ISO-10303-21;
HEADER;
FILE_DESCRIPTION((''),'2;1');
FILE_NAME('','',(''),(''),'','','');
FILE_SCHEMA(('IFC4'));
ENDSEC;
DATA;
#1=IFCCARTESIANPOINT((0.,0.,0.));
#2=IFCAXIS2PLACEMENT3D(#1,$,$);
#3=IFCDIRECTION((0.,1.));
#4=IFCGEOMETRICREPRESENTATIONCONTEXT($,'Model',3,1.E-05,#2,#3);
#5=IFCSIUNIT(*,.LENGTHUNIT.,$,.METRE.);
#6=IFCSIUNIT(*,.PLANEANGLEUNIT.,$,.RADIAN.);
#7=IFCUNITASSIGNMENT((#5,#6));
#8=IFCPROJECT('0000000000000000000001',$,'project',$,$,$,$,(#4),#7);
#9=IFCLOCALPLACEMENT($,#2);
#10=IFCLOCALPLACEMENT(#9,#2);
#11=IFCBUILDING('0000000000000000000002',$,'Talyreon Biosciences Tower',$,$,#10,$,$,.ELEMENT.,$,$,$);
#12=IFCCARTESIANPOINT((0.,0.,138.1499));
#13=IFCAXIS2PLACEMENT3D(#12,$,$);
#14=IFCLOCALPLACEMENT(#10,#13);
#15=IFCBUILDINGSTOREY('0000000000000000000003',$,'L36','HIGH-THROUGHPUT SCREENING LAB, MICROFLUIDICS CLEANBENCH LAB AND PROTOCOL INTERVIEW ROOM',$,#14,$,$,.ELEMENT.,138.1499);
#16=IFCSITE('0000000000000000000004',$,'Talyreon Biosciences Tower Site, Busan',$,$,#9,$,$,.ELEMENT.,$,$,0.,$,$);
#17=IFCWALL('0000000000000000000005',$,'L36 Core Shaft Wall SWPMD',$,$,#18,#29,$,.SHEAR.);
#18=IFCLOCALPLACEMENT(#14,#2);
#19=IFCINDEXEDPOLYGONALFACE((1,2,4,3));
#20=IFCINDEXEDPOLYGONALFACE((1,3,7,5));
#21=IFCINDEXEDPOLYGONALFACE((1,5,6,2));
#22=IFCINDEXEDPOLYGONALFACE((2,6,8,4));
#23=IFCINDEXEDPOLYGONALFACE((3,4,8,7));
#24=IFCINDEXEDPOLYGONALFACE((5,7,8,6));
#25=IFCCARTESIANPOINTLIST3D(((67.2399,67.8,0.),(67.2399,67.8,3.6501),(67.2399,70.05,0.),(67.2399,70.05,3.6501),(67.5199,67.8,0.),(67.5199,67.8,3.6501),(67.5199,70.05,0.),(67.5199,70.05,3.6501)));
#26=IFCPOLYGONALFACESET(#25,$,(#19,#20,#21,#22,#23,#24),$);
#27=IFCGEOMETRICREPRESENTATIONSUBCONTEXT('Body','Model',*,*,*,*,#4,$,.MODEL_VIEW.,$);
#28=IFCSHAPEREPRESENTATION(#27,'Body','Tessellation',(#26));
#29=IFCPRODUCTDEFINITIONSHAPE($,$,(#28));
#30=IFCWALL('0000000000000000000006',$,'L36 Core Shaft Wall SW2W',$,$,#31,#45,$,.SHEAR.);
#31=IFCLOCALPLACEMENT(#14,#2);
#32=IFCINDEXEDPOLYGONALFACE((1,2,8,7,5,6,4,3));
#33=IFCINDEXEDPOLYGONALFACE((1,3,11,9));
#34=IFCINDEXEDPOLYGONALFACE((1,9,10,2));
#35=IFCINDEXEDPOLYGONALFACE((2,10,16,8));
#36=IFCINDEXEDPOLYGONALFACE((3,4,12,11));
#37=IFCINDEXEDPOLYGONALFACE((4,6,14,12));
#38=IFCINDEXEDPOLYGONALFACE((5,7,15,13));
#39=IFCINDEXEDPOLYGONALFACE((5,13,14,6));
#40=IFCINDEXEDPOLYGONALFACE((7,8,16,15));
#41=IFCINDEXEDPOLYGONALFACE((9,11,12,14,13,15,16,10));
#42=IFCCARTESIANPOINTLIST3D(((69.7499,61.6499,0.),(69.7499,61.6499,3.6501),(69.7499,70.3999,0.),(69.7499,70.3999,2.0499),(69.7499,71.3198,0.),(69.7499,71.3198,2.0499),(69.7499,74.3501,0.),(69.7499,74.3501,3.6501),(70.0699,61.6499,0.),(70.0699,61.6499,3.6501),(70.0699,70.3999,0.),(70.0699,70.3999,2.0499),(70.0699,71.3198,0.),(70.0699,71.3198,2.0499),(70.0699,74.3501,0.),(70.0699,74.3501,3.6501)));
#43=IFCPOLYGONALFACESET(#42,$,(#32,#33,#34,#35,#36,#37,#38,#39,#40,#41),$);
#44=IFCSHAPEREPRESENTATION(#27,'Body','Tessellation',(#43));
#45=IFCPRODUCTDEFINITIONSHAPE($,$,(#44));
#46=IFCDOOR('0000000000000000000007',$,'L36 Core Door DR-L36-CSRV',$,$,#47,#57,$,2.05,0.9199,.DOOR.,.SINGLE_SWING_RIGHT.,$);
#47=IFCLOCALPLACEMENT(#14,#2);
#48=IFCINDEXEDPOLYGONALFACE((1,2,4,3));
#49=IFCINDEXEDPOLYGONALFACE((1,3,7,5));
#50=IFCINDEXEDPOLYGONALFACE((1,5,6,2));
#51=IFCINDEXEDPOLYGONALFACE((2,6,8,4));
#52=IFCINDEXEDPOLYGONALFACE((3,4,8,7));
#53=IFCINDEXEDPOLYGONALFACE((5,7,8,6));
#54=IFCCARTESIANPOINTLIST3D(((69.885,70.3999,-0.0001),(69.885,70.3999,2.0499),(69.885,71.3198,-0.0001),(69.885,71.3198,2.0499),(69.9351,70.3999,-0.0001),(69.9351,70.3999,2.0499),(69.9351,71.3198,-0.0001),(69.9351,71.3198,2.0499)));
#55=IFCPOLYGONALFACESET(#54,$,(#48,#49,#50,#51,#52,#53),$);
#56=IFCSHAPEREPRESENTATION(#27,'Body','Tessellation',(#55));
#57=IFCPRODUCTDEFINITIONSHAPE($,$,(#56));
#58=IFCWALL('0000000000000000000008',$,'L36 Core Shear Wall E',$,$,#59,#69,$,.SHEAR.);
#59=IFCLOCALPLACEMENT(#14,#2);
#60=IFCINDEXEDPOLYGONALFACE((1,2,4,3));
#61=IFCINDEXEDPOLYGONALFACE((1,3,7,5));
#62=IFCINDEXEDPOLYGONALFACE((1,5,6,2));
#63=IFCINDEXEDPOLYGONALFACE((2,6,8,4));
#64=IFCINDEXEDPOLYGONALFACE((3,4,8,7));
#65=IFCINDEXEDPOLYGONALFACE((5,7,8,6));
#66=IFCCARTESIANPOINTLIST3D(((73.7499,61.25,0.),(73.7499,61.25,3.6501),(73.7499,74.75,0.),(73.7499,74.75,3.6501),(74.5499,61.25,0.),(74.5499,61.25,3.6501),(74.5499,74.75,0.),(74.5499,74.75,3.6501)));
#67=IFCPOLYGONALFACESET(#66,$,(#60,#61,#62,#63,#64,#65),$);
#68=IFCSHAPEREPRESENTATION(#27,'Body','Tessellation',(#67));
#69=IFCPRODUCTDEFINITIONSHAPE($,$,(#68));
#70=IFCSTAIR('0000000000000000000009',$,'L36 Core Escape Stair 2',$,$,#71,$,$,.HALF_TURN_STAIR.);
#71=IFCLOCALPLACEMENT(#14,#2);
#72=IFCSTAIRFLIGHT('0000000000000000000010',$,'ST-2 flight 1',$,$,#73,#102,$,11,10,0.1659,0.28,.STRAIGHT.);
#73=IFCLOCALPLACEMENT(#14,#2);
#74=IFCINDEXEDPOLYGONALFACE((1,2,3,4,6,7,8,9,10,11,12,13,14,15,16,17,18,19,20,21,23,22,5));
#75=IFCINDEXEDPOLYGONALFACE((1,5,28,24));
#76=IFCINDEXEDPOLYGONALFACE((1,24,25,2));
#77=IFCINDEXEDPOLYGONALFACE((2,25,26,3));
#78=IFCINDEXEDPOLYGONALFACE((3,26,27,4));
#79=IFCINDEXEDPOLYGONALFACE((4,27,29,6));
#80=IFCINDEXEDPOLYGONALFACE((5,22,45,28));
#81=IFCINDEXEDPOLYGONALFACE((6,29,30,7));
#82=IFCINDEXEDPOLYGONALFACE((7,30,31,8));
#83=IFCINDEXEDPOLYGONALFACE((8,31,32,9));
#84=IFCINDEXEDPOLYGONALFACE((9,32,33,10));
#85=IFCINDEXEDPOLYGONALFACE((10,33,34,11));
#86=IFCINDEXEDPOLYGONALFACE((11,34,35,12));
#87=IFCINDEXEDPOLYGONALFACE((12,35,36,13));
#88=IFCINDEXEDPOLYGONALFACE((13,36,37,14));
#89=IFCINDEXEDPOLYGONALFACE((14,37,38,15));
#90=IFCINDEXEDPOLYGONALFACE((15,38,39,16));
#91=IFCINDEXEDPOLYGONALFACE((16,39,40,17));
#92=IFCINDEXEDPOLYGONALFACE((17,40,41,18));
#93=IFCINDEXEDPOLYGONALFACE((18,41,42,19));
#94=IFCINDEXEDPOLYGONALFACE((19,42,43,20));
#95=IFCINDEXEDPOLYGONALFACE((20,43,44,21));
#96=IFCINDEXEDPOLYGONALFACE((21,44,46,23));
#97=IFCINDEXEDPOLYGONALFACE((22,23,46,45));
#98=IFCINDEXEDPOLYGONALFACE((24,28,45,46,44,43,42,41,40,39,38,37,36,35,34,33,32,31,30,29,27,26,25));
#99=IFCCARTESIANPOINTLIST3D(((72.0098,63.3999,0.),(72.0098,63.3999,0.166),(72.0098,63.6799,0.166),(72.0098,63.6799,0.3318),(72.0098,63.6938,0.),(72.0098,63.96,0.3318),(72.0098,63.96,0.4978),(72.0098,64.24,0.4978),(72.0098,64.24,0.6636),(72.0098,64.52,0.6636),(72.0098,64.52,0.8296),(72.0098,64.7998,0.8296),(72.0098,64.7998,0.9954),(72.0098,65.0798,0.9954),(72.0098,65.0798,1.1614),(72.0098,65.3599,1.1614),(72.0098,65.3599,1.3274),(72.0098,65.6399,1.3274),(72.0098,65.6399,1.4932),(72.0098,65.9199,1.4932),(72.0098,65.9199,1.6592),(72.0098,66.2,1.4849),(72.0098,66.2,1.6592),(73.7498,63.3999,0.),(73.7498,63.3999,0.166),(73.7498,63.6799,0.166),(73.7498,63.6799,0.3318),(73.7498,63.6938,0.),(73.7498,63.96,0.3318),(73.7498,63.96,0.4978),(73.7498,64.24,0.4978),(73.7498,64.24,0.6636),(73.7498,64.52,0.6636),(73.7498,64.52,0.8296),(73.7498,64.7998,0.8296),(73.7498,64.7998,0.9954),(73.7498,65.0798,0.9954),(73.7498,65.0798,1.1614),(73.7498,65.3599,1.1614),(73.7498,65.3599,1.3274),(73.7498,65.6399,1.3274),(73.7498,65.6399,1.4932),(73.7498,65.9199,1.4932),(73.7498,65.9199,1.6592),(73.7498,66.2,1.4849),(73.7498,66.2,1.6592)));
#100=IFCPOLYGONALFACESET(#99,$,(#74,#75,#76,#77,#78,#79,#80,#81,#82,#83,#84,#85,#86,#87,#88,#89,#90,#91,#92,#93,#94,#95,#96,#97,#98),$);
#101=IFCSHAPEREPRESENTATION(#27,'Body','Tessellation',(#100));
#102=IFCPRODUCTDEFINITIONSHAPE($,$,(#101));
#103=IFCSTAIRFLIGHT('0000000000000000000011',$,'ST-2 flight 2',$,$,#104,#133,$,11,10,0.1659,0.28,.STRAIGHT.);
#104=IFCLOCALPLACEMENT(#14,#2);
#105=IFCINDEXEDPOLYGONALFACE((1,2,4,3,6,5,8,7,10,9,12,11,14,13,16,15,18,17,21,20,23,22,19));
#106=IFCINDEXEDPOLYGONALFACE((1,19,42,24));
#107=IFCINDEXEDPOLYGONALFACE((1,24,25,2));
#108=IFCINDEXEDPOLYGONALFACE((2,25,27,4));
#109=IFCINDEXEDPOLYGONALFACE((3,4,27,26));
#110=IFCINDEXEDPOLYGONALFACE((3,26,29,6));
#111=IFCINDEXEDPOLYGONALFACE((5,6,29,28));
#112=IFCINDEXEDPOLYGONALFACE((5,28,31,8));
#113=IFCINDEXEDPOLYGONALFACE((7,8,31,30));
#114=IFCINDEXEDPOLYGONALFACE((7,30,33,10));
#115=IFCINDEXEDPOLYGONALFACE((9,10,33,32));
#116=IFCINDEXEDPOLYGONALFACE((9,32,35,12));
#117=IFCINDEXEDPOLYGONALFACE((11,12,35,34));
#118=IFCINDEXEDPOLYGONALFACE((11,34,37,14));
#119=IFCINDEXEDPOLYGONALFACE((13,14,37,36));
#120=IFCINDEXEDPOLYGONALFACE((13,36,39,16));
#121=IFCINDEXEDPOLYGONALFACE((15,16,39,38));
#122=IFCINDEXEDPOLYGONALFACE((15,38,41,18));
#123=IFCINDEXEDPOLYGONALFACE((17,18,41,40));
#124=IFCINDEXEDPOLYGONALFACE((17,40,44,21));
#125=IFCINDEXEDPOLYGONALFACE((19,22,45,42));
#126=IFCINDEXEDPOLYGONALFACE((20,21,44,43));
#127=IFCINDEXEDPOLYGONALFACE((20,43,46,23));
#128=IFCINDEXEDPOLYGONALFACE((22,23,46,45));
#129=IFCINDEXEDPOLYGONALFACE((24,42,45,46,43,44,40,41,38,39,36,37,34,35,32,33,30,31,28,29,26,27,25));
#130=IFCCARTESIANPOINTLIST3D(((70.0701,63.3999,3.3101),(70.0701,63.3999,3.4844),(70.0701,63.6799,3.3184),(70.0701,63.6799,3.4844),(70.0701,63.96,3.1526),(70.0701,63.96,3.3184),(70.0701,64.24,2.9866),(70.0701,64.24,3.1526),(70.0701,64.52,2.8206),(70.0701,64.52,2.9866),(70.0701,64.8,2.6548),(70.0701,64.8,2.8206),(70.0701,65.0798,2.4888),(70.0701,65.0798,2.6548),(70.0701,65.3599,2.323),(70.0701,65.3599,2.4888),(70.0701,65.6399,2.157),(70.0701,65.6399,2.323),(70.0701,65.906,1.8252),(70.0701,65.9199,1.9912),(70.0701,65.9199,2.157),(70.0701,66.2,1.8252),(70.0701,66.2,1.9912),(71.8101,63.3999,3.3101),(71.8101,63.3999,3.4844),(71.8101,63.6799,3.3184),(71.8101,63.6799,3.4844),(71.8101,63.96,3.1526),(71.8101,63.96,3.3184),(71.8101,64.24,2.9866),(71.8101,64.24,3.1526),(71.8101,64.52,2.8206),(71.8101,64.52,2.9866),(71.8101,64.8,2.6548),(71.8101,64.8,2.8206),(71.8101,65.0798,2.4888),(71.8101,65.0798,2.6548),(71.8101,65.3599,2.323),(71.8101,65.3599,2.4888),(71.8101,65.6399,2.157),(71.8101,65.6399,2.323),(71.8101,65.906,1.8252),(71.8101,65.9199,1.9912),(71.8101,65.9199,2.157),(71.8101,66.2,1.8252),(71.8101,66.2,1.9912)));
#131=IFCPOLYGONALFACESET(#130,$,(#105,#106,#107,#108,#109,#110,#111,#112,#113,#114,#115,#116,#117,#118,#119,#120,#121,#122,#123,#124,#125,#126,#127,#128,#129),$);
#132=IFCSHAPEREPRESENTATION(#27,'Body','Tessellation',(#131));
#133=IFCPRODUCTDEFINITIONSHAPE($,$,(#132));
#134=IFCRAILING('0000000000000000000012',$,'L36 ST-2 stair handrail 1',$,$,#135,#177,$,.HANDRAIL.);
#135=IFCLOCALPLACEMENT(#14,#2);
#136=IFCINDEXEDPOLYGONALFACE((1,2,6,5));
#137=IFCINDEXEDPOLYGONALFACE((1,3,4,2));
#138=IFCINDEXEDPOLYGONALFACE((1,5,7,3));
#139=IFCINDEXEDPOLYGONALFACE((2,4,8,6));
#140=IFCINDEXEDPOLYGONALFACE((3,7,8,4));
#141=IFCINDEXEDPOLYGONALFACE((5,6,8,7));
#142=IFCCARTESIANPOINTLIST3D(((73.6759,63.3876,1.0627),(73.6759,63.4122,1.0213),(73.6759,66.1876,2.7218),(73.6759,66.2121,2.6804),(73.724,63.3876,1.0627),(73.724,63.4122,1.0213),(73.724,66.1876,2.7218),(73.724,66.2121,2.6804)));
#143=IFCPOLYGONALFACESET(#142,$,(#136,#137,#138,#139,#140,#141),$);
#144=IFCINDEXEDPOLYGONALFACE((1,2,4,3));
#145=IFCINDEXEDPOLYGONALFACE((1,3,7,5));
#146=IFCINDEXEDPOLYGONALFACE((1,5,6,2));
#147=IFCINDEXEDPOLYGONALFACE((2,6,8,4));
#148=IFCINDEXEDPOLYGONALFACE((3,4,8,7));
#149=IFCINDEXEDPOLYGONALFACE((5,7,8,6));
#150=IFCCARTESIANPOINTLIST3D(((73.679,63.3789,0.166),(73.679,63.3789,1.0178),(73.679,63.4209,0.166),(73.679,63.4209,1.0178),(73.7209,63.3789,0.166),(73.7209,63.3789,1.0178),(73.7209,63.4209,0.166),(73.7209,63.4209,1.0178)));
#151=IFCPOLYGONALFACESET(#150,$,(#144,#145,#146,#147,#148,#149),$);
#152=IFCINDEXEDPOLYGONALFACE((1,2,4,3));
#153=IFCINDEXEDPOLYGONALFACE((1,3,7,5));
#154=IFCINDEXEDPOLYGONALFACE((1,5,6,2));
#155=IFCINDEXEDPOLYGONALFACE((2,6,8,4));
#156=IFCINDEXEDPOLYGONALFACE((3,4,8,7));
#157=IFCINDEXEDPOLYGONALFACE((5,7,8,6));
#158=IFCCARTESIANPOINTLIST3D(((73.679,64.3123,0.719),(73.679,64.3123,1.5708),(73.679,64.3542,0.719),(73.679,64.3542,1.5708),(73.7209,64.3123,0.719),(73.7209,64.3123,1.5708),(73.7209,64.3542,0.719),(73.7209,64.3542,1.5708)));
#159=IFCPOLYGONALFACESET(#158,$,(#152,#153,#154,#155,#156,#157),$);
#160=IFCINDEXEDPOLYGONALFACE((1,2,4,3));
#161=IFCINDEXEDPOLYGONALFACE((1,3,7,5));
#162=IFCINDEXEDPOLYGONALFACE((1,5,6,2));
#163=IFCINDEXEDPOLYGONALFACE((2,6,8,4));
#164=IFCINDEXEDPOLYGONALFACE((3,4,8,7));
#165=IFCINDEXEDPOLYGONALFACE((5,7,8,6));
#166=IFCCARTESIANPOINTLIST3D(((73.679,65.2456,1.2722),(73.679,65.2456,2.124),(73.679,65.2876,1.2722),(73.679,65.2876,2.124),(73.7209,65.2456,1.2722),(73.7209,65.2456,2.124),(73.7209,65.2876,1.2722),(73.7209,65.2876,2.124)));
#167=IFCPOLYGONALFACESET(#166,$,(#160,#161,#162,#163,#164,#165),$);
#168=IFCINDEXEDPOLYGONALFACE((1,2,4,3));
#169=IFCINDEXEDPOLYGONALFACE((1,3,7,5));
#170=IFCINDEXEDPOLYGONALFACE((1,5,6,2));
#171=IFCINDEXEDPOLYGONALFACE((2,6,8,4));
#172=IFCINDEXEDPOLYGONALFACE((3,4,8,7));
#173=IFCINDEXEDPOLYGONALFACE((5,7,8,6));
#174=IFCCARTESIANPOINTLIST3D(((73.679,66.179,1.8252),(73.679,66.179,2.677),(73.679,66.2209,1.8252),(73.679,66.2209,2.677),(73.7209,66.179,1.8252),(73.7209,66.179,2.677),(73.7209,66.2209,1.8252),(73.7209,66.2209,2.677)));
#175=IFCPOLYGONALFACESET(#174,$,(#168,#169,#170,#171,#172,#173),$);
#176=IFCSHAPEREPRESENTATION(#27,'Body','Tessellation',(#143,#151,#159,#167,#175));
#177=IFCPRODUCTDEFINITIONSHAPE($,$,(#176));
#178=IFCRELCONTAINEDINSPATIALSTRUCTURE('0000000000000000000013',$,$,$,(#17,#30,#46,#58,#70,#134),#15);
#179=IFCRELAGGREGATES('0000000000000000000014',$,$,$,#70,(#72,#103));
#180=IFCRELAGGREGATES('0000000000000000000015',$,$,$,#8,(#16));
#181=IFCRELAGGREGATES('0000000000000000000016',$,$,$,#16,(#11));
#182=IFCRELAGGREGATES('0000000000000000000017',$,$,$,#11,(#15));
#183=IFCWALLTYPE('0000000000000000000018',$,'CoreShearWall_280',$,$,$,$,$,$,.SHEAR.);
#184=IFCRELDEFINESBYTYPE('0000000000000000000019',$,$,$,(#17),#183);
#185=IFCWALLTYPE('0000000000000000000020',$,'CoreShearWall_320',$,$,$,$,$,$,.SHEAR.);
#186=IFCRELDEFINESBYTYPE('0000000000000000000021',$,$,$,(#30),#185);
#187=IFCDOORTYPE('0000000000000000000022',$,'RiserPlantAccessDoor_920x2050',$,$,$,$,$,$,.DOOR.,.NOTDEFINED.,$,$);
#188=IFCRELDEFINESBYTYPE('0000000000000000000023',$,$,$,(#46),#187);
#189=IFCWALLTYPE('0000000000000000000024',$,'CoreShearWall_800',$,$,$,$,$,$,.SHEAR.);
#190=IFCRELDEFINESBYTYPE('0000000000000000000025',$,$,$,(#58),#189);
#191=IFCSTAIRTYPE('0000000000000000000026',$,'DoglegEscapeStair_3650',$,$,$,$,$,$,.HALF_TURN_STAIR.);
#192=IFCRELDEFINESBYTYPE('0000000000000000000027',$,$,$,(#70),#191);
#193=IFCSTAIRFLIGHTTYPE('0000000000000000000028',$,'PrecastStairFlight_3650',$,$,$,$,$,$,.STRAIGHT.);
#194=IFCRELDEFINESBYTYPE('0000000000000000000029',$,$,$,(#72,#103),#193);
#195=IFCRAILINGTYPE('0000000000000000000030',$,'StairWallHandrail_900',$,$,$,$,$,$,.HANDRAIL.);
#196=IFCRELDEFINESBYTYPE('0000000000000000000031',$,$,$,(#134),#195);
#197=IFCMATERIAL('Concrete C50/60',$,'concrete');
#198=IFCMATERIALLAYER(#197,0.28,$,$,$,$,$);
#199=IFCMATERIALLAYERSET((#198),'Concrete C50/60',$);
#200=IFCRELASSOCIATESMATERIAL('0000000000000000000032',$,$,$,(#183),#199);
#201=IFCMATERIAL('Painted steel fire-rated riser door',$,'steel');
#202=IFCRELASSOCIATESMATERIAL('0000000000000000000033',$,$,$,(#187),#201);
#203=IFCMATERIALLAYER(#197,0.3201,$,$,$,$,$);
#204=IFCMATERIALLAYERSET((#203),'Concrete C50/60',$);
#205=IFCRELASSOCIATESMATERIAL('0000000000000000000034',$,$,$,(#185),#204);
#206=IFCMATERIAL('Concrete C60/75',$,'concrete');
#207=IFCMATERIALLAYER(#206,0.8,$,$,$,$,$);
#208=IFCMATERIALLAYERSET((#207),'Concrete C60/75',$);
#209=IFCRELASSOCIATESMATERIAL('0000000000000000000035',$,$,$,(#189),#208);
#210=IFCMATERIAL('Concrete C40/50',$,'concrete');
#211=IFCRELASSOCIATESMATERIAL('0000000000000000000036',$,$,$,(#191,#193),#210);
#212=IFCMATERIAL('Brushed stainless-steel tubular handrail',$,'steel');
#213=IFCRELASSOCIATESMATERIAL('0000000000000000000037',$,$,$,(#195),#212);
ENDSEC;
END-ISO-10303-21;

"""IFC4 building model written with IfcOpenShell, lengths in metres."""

from ifc_helpers import new_model, si_unit, direction, frame, frame_2d, origin, origin_2d, place, context, subcontext, project, spatial, polyline, rectangle, outline, extrude, material, layer, layer_set, type_object, element, fill, aggregate, save


model = new_model("IFC4")

# Units and contexts
model_context = context("Model", 3, precision=1e-05, world=origin(), true_north=direction((0.0, 1.0)))
body_context = subcontext(model_context, "Body", "Model", "MODEL_VIEW")
ifc_project = project(units=[si_unit("LENGTHUNIT", "METRE"), si_unit("PLANEANGLEUNIT", "RADIAN")], contexts=[model_context])

# Site, building, storey
site_placement = place(None, origin())
site = spatial("IfcSite", under=ifc_project, at=site_placement, Name="Talyreon Biosciences Tower Site, Busan", CompositionType="ELEMENT", RefElevation=0.0)
building_placement = place(site_placement, origin())
building = spatial("IfcBuilding", under=site, at=building_placement, Name="Talyreon Biosciences Tower", CompositionType="ELEMENT")
storey_placement = place(building_placement, frame((0.0, 0.0, 138.1499)))
storey = spatial("IfcBuildingStorey", under=building, at=storey_placement, Name="L36", Description="HIGH-THROUGHPUT SCREENING LAB, MICROFLUIDICS CLEANBENCH LAB AND PROTOCOL INTERVIEW ROOM", CompositionType="ELEMENT", Elevation=138.1499)

# Shared definitions
ifc_material_1 = material(Name="Concrete C60/75", Category="concrete")
ifc_material_2 = material(Name="Concrete C50/60", Category="concrete")

# Shared definitions
ifc_layer_1 = layer(ifc_material_2, 0.28)
ifc_layer_set_1 = layer_set([ifc_layer_1], Name="Concrete C50/60")
wall_type_1 = type_object("IfcWallType", Name="CoreShearWall_280", PredefinedType="SHEAR", material=ifc_layer_set_1)

# Shared definitions
ifc_material_3 = material(Name="Painted steel fire-rated riser door", Category="steel")
door_type = type_object("IfcDoorType", Name="RiserPlantAccessDoor_920x2050", OperationType="NOTDEFINED", PredefinedType="DOOR", material=ifc_material_3)

# Wall
wall_1_placement = place(storey_placement, frame((67.3799, 67.8, 0.0), z_axis=(0.0, 0.0, 1.0), x_axis=(0.0, 1.0, 0.0)))
element("IfcWall", 1, at=wall_1_placement, inside=storey, type_object=wall_type_1, Name="L36 Core Shaft Wall SWPMD", PredefinedType="SHEAR", context=body_context, shape_type="SweptSolid", body=[
    extrude(rectangle(XDim=2.25, YDim=0.28, at=frame_2d((1.125, 0.0))), origin(), (0.0, 0.0, 1.0), 3.6501),
])

# Wall, opening, door
ifc_layer_2 = layer(ifc_material_2, 0.3201)
ifc_layer_set_2 = layer_set([ifc_layer_2], Name="Concrete C50/60")
wall_type_2 = type_object("IfcWallType", Name="CoreShearWall_320", PredefinedType="SHEAR", material=ifc_layer_set_2)
wall_2_placement = place(storey_placement, frame((69.9099, 61.6499, 0.0), z_axis=(0.0, 0.0, 1.0), x_axis=(0.0, 1.0, 0.0)))
wall_2 = element("IfcWall", 2, at=wall_2_placement, inside=storey, type_object=wall_type_2, Name="L36 Core Shaft Wall SW2W", PredefinedType="SHEAR", context=body_context, shape_type="SweptSolid", body=[
    extrude(rectangle(XDim=12.7002, YDim=0.3201, at=frame_2d((6.3501, 0.0))), origin(), (0.0, 0.0, 1.0), 3.6501),
])
opening_1_placement = place(wall_2_placement, frame((8.75, 0.0, 0.0)))
opening_1 = element("IfcOpeningElement", 3, at=opening_1_placement, cuts=wall_2, PredefinedType="OPENING", context=body_context, shape_type="SweptSolid", body=[
    extrude(rectangle(XDim=0.9199, YDim=2.05, at=frame_2d((0.46, 1.0249))), frame((0.0, 0.1699, 0.0), z_axis=(0.0, -1.0, 0.0), x_axis=(1.0, 0.0, 0.0)), (0.0, 0.0, 1.0), 0.3401),
])
door_1_placement = place(opening_1_placement, origin())
door_1 = element("IfcDoor", 4, at=door_1_placement, inside=storey, type_object=door_type, Name="L36 Core Door DR-L36-CSRV", OperationType="SINGLE_SWING_RIGHT", OverallHeight=2.05, OverallWidth=0.9199, PredefinedType="DOOR", context=body_context, shape_type="SweptSolid", body=[
    extrude(rectangle(XDim=0.9199, YDim=2.05, at=frame_2d((0.46, 1.0249))), frame((0.0, 0.0249, 0.0), z_axis=(0.0, -1.0, 0.0), x_axis=(1.0, 0.0, 0.0)), (0.0, 0.0, 1.0), 0.05),
])
fill(opening_1, door_1)

# Wall
ifc_layer_3 = layer(ifc_material_1, 0.8)
ifc_layer_set_3 = layer_set([ifc_layer_3], Name="Concrete C60/75")
wall_type_3 = type_object("IfcWallType", Name="CoreShearWall_800", PredefinedType="SHEAR", material=ifc_layer_set_3)
wall_3_placement = place(storey_placement, frame((74.1499, 61.25, 0.0), z_axis=(0.0, 0.0, 1.0), x_axis=(0.0, 1.0, 0.0)))
element("IfcWall", 5, at=wall_3_placement, inside=storey, type_object=wall_type_3, Name="L36 Core Shear Wall E", PredefinedType="SHEAR", context=body_context, shape_type="SweptSolid", body=[
    extrude(rectangle(XDim=13.5, YDim=0.8, at=frame_2d((6.75, 0.0))), origin(), (0.0, 0.0, 1.0), 3.6501),
])

# Stair, stair flights
ifc_material_4 = material(Name="Concrete C40/50", Category="concrete")
stair_type = type_object("IfcStairType", Name="DoglegEscapeStair_3650", PredefinedType="HALF_TURN_STAIR", material=ifc_material_4)
stair_placement = place(storey_placement, origin())
stair = element("IfcStair", 6, at=stair_placement, inside=storey, type_object=stair_type, Name="L36 Core Escape Stair 2", PredefinedType="HALF_TURN_STAIR")
stair_flight_type = type_object("IfcStairFlightType", Name="PrecastStairFlight_3650", PredefinedType="STRAIGHT", material=ifc_material_4)
stair_flight_1_placement = place(storey_placement, frame((72.8799, 63.3999, 0.0), z_axis=(0.0, 0.0, 1.0), x_axis=(0.0, 1.0, 0.0)))
stair_flight_1 = element("IfcStairFlight", 7, at=stair_flight_1_placement, type_object=stair_flight_type, Name="ST-2 flight 1", NumberOfRisers=11, NumberOfTreads=10, PredefinedType="STRAIGHT", RiserHeight=0.1659, TreadLength=0.28, context=body_context, shape_type="SweptSolid", body=[
    extrude(outline(polyline([(0.0, 0.0), (0.0, 0.166), (0.28, 0.166), (0.28, 0.3318), (0.5601, 0.3318), (0.5601, 0.4978), (0.8401, 0.4978), (0.8401, 0.6636), (1.1201, 0.6636), (1.1201, 0.8296), (1.3999, 0.8296), (1.3999, 0.9954), (1.6799, 0.9954), (1.6799, 1.1614), (1.96, 1.1614), (1.96, 1.3274), (2.24, 1.3274), (2.24, 1.4932), (2.52, 1.4932), (2.52, 1.6592), (2.8, 1.6592), (2.8, 1.825), (2.8, 1.4849), (0.2939, 0.0), (0.0, 0.0)])), frame((0.0, 0.8701, 0.0), z_axis=(0.0, -1.0, 0.0), x_axis=(1.0, 0.0, 0.0)), (0.0, 0.0, 1.0), 1.74),
])
stair_flight_2_placement = place(storey_placement, frame((70.9399, 66.2, 1.8252), z_axis=(0.0, 0.0, 1.0), x_axis=(0.0, -1.0, 0.0)))
stair_flight_2 = element("IfcStairFlight", 8, at=stair_flight_2_placement, type_object=stair_flight_type, Name="ST-2 flight 2", NumberOfRisers=11, NumberOfTreads=10, PredefinedType="STRAIGHT", RiserHeight=0.1659, TreadLength=0.28, context=body_context, shape_type="SweptSolid", body=[
    extrude(outline(polyline([(0.0, 0.0), (0.0, 0.166), (0.28, 0.166), (0.28, 0.3318), (0.5601, 0.3318), (0.5601, 0.4978), (0.8401, 0.4978), (0.8401, 0.6636), (1.1201, 0.6636), (1.1201, 0.8296), (1.3999, 0.8296), (1.3999, 0.9954), (1.6799, 0.9954), (1.6799, 1.1614), (1.96, 1.1614), (1.96, 1.3274), (2.24, 1.3274), (2.24, 1.4932), (2.52, 1.4932), (2.52, 1.6592), (2.8, 1.6592), (2.8, 1.825), (2.8, 1.4849), (0.2939, 0.0), (0.0, 0.0)])), frame((0.0, 0.8701, 0.0), z_axis=(0.0, -1.0, 0.0), x_axis=(1.0, 0.0, 0.0)), (0.0, 0.0, 1.0), 1.74),
])
aggregate(stair, [stair_flight_1, stair_flight_2])

# Railing
ifc_material_5 = material(Name="Brushed stainless-steel tubular handrail", Category="steel")
railing_type_1 = type_object("IfcRailingType", Name="StairWallHandrail_900", PredefinedType="HANDRAIL", material=ifc_material_5)
railing_1_placement = place(storey_placement, frame((73.7, 63.3999, 0.166)))
element("IfcRailing", 9, at=railing_1_placement, inside=storey, type_object=railing_type_1, Name="L36 ST-2 stair handrail 1", PredefinedType="HANDRAIL", context=body_context, shape_type="SweptSolid", body=[
    extrude(rectangle(XDim=0.0481, YDim=0.0481, at=origin_2d()), frame((0.0, 0.0, 0.876), z_axis=(0.0, 0.860306, 0.509778), x_axis=(-1.0, 0.0, 0.0)), (0.0, 0.0, 1.0), 3.2546),
    extrude(rectangle(XDim=0.042, YDim=0.042, at=origin_2d()), origin(), (0.0, 0.0, 1.0), 0.8518),
    extrude(rectangle(XDim=0.042, YDim=0.042, at=origin_2d()), frame((0.0, 0.9333, 0.553)), (0.0, 0.0, 1.0), 0.8518),
    extrude(rectangle(XDim=0.042, YDim=0.042, at=origin_2d()), frame((0.0, 1.8667, 1.1062)), (0.0, 0.0, 1.0), 0.8518),
    extrude(rectangle(XDim=0.042, YDim=0.042, at=origin_2d()), frame((0.0, 2.8, 1.6592)), (0.0, 0.0, 1.0), 0.8518),
])

save(model, "model.ifc")
